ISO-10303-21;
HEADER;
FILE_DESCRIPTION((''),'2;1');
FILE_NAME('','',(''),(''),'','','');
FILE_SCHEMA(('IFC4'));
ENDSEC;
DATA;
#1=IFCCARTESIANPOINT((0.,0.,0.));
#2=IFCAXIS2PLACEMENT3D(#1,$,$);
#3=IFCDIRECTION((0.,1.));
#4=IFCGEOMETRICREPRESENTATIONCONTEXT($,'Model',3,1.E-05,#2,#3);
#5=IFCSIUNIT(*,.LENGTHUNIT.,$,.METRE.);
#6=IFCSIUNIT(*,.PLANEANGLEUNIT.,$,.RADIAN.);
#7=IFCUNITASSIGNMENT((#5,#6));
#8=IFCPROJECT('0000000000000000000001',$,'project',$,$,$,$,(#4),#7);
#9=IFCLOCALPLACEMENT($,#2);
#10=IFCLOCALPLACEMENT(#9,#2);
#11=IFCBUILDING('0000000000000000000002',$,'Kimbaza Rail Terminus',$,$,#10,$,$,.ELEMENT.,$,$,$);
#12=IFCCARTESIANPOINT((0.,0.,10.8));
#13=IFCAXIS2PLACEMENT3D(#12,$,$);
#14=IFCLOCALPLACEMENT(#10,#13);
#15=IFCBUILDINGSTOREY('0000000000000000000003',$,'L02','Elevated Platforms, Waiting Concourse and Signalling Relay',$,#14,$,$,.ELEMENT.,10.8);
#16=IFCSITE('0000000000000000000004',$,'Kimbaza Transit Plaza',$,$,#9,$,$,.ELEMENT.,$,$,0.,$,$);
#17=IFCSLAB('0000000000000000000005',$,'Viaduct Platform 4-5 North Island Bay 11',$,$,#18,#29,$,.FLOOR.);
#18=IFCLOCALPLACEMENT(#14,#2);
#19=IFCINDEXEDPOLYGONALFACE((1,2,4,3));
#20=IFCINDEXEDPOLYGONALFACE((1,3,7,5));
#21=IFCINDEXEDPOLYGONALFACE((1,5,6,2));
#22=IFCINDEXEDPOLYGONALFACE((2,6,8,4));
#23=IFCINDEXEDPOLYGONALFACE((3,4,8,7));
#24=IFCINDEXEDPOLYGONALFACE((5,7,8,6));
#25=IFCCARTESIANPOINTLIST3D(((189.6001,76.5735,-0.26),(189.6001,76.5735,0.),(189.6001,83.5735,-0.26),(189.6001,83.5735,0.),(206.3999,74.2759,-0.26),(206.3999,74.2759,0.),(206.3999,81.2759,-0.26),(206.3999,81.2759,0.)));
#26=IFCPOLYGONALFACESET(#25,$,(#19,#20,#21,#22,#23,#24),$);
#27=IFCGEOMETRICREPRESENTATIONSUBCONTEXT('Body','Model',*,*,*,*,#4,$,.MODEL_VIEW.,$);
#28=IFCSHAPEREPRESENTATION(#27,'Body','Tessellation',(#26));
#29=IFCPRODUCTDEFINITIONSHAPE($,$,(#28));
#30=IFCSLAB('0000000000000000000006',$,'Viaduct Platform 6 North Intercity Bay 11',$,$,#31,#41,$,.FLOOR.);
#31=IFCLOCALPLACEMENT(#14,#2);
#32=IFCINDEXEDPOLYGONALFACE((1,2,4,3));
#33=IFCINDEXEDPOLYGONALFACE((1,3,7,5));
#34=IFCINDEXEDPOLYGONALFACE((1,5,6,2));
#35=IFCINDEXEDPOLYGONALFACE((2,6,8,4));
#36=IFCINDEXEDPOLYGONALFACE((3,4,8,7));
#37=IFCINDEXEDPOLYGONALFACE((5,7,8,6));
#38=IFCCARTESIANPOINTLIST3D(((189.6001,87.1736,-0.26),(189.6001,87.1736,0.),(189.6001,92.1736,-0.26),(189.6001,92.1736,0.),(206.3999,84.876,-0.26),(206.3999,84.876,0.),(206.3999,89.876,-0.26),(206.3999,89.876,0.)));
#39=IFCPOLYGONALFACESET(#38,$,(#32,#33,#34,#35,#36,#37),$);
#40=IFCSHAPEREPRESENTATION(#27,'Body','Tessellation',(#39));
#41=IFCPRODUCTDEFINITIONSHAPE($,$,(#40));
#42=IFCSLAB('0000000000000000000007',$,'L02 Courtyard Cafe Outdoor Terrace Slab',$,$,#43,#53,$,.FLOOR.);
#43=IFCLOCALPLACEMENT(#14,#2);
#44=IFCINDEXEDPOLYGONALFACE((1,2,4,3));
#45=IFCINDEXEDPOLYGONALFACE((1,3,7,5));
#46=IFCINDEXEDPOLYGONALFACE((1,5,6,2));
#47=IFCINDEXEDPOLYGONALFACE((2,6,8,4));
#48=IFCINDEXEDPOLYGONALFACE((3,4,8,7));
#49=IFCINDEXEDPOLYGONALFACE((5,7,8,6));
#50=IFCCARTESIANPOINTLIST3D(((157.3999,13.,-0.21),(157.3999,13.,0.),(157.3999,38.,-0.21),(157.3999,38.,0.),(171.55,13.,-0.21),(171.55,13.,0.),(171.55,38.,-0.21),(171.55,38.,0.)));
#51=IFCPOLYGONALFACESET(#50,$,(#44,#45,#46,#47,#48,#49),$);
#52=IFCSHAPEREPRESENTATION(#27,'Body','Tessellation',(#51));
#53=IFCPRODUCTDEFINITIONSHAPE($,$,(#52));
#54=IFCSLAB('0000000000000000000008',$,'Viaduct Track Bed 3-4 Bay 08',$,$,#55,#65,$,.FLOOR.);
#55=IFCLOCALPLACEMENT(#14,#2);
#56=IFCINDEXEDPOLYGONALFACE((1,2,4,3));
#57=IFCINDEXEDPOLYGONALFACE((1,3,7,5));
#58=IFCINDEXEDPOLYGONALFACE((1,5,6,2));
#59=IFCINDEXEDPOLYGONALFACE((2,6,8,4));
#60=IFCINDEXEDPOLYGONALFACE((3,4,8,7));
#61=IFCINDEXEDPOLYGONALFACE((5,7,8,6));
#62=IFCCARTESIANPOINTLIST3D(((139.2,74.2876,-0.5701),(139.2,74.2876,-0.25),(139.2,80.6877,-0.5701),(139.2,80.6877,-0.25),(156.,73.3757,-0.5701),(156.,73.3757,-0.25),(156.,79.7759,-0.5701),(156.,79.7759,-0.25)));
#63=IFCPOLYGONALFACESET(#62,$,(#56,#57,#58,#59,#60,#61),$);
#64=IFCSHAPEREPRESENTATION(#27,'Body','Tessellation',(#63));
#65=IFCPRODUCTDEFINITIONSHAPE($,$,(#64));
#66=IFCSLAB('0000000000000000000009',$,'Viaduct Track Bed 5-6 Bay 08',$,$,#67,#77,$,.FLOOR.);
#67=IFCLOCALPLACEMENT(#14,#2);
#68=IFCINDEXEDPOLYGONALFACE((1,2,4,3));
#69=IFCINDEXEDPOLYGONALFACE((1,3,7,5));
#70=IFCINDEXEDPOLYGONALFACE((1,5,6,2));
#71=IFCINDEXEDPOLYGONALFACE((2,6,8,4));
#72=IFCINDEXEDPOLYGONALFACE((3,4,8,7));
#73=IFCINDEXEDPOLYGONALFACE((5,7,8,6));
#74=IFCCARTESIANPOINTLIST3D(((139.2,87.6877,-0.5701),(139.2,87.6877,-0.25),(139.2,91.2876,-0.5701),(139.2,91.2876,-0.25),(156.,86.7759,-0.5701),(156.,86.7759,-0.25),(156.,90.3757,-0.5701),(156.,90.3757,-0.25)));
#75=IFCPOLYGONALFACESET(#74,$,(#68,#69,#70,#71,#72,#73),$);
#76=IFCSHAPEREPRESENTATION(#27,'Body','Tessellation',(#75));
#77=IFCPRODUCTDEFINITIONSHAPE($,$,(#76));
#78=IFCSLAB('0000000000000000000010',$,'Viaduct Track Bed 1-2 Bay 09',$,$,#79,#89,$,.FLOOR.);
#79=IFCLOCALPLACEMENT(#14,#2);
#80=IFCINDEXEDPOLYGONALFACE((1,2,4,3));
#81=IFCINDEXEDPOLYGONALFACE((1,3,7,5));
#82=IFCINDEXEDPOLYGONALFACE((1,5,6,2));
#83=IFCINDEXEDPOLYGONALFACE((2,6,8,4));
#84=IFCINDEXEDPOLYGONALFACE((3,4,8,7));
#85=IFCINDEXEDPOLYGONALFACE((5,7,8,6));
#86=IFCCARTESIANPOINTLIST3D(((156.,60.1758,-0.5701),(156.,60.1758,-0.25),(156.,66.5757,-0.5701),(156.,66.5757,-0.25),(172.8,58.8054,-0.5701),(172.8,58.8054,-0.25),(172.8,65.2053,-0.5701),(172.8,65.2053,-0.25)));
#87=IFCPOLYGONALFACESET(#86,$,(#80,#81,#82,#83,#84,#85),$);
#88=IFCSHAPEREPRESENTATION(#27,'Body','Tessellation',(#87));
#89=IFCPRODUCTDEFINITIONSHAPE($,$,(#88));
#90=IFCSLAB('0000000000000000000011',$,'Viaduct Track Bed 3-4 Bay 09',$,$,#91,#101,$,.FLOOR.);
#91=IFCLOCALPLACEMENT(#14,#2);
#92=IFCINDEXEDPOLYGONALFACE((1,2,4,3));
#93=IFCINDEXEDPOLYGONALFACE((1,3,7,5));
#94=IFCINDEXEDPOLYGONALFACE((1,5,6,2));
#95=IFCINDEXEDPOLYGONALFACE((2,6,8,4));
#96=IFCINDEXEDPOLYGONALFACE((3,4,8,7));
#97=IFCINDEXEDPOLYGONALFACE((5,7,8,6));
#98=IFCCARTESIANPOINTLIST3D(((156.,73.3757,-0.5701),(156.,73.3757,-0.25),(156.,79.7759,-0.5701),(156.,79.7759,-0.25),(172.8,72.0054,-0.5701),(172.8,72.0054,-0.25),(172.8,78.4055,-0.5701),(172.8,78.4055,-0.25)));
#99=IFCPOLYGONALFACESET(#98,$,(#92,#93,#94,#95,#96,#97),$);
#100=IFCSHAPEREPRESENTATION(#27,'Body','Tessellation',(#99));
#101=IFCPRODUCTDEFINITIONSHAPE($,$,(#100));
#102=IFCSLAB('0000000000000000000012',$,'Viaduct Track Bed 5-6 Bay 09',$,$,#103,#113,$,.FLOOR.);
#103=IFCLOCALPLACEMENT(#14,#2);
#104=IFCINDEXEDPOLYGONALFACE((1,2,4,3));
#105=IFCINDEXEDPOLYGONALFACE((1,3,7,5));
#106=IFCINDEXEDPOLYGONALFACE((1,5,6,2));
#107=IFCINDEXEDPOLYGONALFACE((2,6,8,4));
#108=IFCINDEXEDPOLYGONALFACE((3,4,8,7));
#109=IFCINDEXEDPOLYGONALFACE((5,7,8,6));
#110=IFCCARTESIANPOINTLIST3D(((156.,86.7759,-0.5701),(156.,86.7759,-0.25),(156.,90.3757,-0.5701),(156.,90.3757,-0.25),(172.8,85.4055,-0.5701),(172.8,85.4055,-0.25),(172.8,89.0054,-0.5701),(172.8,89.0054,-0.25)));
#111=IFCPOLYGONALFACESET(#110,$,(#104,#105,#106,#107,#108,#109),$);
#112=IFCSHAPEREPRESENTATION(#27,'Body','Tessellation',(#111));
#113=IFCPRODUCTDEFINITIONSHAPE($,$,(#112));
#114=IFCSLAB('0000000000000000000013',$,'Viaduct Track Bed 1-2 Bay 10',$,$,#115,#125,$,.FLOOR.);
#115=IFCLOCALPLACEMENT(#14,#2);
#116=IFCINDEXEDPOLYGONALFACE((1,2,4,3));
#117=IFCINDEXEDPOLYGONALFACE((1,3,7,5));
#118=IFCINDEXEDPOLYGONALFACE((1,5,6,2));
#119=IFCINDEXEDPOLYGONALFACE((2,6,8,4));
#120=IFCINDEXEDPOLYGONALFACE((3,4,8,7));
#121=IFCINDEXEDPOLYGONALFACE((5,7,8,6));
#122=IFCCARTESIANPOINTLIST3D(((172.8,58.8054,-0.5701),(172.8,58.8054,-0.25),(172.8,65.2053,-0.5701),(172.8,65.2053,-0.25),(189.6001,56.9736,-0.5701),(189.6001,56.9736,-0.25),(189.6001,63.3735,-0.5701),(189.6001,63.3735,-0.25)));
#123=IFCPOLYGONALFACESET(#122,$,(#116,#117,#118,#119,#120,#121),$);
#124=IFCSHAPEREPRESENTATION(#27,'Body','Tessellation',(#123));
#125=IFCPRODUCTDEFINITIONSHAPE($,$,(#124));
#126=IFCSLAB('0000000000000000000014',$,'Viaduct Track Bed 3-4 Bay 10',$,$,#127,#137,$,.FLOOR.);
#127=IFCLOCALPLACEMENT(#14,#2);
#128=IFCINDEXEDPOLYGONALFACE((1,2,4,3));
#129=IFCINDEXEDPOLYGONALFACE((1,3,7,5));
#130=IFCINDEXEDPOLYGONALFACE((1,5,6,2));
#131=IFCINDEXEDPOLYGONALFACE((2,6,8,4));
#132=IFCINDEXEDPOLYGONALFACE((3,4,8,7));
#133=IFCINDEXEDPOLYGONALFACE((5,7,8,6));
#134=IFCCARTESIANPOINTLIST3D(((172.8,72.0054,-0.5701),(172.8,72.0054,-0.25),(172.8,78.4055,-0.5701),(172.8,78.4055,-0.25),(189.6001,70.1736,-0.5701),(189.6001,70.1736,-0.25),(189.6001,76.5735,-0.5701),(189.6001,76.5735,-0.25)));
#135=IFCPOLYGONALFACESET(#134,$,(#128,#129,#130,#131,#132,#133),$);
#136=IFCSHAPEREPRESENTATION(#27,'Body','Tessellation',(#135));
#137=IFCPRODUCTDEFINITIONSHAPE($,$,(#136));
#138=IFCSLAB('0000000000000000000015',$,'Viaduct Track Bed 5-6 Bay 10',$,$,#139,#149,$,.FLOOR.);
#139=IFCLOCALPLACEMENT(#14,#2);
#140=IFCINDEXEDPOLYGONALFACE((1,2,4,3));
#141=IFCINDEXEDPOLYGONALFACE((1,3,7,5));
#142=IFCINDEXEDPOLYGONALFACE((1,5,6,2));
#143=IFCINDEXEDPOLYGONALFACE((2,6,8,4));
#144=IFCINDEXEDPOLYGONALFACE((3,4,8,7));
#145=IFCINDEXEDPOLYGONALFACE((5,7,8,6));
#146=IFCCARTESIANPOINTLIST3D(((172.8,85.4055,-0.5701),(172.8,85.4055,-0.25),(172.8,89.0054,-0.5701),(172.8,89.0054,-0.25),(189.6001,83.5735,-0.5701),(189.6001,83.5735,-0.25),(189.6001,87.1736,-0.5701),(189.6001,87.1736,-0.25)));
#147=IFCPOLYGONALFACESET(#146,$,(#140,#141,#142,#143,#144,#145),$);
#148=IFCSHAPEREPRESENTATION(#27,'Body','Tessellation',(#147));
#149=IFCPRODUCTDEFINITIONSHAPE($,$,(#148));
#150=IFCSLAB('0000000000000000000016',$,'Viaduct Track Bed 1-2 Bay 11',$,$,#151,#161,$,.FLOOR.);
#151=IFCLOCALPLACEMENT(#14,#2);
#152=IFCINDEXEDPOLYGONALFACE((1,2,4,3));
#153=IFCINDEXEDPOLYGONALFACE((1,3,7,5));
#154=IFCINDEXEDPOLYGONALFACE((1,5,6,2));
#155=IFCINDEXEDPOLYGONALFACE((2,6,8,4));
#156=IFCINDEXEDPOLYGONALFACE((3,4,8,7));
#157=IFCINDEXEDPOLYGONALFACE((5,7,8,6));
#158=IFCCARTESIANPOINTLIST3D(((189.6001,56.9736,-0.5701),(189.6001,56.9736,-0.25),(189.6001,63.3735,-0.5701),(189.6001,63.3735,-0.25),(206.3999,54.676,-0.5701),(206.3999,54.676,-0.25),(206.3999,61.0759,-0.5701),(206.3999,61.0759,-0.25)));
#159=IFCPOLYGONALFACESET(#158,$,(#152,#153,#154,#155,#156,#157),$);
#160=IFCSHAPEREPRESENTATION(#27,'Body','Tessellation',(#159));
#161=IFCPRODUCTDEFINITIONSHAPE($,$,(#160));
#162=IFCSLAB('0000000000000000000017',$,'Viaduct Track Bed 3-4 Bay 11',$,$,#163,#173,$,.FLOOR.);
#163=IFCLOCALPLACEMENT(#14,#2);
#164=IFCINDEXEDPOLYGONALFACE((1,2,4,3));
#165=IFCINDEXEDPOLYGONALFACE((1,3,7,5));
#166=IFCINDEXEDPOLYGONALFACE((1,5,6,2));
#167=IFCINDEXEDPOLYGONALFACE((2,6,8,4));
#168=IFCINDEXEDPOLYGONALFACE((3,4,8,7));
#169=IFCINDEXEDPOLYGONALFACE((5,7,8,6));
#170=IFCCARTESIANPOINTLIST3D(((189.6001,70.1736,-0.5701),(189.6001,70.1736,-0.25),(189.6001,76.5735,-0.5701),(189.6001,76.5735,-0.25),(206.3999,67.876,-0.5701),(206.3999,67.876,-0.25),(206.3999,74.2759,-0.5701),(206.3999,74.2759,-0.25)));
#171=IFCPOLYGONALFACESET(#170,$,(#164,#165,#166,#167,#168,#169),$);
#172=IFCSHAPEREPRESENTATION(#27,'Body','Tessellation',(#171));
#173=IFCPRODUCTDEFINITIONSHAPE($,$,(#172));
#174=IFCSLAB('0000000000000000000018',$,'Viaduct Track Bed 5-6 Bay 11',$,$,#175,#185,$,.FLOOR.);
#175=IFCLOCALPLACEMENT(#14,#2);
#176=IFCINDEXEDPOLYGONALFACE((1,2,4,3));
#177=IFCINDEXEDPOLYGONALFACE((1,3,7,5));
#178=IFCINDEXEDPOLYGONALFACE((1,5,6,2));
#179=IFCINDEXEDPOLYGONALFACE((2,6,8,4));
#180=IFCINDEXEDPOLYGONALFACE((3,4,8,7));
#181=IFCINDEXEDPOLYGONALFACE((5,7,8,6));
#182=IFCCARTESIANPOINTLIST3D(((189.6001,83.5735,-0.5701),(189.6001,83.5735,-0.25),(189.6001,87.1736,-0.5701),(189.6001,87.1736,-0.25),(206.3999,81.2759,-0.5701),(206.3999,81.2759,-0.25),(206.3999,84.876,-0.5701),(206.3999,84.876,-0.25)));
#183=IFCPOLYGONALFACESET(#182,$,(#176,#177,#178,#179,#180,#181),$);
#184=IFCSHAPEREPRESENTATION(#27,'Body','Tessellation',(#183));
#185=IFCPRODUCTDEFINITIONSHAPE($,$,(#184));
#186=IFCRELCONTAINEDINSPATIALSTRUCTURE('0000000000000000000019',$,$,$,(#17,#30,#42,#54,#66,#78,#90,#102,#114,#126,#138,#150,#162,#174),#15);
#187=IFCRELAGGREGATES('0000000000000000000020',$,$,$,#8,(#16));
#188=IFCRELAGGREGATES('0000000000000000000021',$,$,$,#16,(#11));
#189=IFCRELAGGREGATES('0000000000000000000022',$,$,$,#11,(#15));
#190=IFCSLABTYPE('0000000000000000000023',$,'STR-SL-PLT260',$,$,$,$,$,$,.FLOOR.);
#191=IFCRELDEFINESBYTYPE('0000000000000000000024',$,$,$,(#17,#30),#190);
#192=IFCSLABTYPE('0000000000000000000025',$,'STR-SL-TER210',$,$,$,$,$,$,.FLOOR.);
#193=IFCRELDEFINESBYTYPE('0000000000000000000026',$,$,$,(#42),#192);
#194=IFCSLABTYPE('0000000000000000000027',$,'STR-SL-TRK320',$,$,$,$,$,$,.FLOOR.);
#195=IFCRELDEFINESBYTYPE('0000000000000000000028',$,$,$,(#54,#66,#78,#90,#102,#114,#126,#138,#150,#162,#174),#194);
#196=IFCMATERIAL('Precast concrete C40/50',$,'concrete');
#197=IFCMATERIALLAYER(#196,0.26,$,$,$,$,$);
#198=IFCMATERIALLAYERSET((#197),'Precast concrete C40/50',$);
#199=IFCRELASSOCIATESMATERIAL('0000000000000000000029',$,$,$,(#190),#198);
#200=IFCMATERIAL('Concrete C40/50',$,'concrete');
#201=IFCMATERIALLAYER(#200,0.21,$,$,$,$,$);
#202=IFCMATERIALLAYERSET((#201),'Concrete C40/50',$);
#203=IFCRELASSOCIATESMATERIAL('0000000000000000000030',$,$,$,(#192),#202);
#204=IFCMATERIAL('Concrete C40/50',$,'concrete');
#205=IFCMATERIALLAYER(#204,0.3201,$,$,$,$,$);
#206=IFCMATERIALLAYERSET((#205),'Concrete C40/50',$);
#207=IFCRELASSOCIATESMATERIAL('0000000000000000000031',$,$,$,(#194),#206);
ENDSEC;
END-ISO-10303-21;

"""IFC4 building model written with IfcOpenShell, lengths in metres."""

from ifc_helpers import new_model, si_unit, direction, frame, origin, place, context, subcontext, project, spatial, polyline, outline, extrude, material, layer, layer_set, type_object, element, save


model = new_model("IFC4")

# Units and contexts
model_context = context("Model", 3, precision=1e-05, world=origin(), true_north=direction((0.0, 1.0)))
body_context = subcontext(model_context, "Body", "Model", "MODEL_VIEW")
ifc_project = project(units=[si_unit("LENGTHUNIT", "METRE"), si_unit("PLANEANGLEUNIT", "RADIAN")], contexts=[model_context])

# Site, building, storey
site_placement = place(None, origin())
site = spatial("IfcSite", under=ifc_project, at=site_placement, Name="Kimbaza Transit Plaza", CompositionType="ELEMENT", RefElevation=0.0)
building_placement = place(site_placement, origin())
building = spatial("IfcBuilding", under=site, at=building_placement, Name="Kimbaza Rail Terminus", CompositionType="ELEMENT")
storey_placement = place(building_placement, frame((0.0, 0.0, 10.8)))
storey = spatial("IfcBuildingStorey", under=building, at=storey_placement, Name="L02", Description="Elevated Platforms, Waiting Concourse and Signalling Relay", CompositionType="ELEMENT", Elevation=10.8)

# Slabs
ifc_material_1 = material(Name="Precast concrete C40/50", Category="concrete")
ifc_layer_1 = layer(ifc_material_1, 0.26)
ifc_layer_set_1 = layer_set([ifc_layer_1], Name="Precast concrete C40/50")
slab_type_1 = type_object("IfcSlabType", Name="STR-SL-PLT260", PredefinedType="FLOOR", material=ifc_layer_set_1)
slab_1_placement = place(storey_placement, frame((0.0, 0.0, -0.26)))
element("IfcSlab", 1, at=slab_1_placement, inside=storey, type_object=slab_type_1, Name="Viaduct Platform 4-5 North Island Bay 11", PredefinedType="FLOOR", context=body_context, shape_type="SweptSolid", body=[
    extrude(outline(polyline([(189.6001, 76.5735), (206.3999, 74.2759), (206.3999, 81.2759), (189.6001, 83.5735), (189.6001, 76.5735)])), origin(), (0.0, 0.0, 1.0), 0.26),
])
slab_2_placement = place(storey_placement, frame((0.0, 0.0, -0.26)))
element("IfcSlab", 2, at=slab_2_placement, inside=storey, type_object=slab_type_1, Name="Viaduct Platform 6 North Intercity Bay 11", PredefinedType="FLOOR", context=body_context, shape_type="SweptSolid", body=[
    extrude(outline(polyline([(189.6001, 87.1736), (206.3999, 84.876), (206.3999, 89.876), (189.6001, 92.1736), (189.6001, 87.1736)])), origin(), (0.0, 0.0, 1.0), 0.26),
])
ifc_material_2 = material(Name="Concrete C40/50", Category="concrete")
ifc_layer_2 = layer(ifc_material_2, 0.21)
ifc_layer_set_2 = layer_set([ifc_layer_2], Name="Concrete C40/50")
slab_type_2 = type_object("IfcSlabType", Name="STR-SL-TER210", PredefinedType="FLOOR", material=ifc_layer_set_2)
slab_3_placement = place(storey_placement, frame((0.0, 0.0, -0.21)))
element("IfcSlab", 3, at=slab_3_placement, inside=storey, type_object=slab_type_2, Name="L02 Courtyard Cafe Outdoor Terrace Slab", PredefinedType="FLOOR", context=body_context, shape_type="SweptSolid", body=[
    extrude(outline(polyline([(157.3999, 13.0), (171.55, 13.0), (171.55, 38.0), (157.3999, 38.0), (157.3999, 13.0)])), origin(), (0.0, 0.0, 1.0), 0.21),
])
ifc_material_3 = material(Name="Concrete C40/50", Category="concrete")
ifc_layer_3 = layer(ifc_material_3, 0.3201)
ifc_layer_set_3 = layer_set([ifc_layer_3], Name="Concrete C40/50")
slab_type_3 = type_object("IfcSlabType", Name="STR-SL-TRK320", PredefinedType="FLOOR", material=ifc_layer_set_3)
slab_4_placement = place(storey_placement, frame((0.0, 0.0, -0.5701)))
element("IfcSlab", 4, at=slab_4_placement, inside=storey, type_object=slab_type_3, Name="Viaduct Track Bed 3-4 Bay 08", PredefinedType="FLOOR", context=body_context, shape_type="SweptSolid", body=[
    extrude(outline(polyline([(139.2, 74.2876), (156.0, 73.3757), (156.0, 79.7759), (139.2, 80.6877), (139.2, 74.2876)])), origin(), (0.0, 0.0, 1.0), 0.3201),
])
slab_5_placement = place(storey_placement, frame((0.0, 0.0, -0.5701)))
element("IfcSlab", 5, at=slab_5_placement, inside=storey, type_object=slab_type_3, Name="Viaduct Track Bed 5-6 Bay 08", PredefinedType="FLOOR", context=body_context, shape_type="SweptSolid", body=[
    extrude(outline(polyline([(139.2, 87.6877), (156.0, 86.7759), (156.0, 90.3757), (139.2, 91.2876), (139.2, 87.6877)])), origin(), (0.0, 0.0, 1.0), 0.3201),
])
slab_6_placement = place(storey_placement, frame((0.0, 0.0, -0.5701)))
element("IfcSlab", 6, at=slab_6_placement, inside=storey, type_object=slab_type_3, Name="Viaduct Track Bed 1-2 Bay 09", PredefinedType="FLOOR", context=body_context, shape_type="SweptSolid", body=[
    extrude(outline(polyline([(156.0, 60.1758), (172.8, 58.8054), (172.8, 65.2053), (156.0, 66.5757), (156.0, 60.1758)])), origin(), (0.0, 0.0, 1.0), 0.3201),
])
slab_7_placement = place(storey_placement, frame((0.0, 0.0, -0.5701)))
element("IfcSlab", 7, at=slab_7_placement, inside=storey, type_object=slab_type_3, Name="Viaduct Track Bed 3-4 Bay 09", PredefinedType="FLOOR", context=body_context, shape_type="SweptSolid", body=[
    extrude(outline(polyline([(156.0, 73.3757), (172.8, 72.0054), (172.8, 78.4055), (156.0, 79.7759), (156.0, 73.3757)])), origin(), (0.0, 0.0, 1.0), 0.3201),
])
slab_8_placement = place(storey_placement, frame((0.0, 0.0, -0.5701)))
element("IfcSlab", 8, at=slab_8_placement, inside=storey, type_object=slab_type_3, Name="Viaduct Track Bed 5-6 Bay 09", PredefinedType="FLOOR", context=body_context, shape_type="SweptSolid", body=[
    extrude(outline(polyline([(156.0, 86.7759), (172.8, 85.4055), (172.8, 89.0054), (156.0, 90.3757), (156.0, 86.7759)])), origin(), (0.0, 0.0, 1.0), 0.3201),
])
slab_9_placement = place(storey_placement, frame((0.0, 0.0, -0.5701)))
element("IfcSlab", 9, at=slab_9_placement, inside=storey, type_object=slab_type_3, Name="Viaduct Track Bed 1-2 Bay 10", PredefinedType="FLOOR", context=body_context, shape_type="SweptSolid", body=[
    extrude(outline(polyline([(172.8, 58.8054), (189.6001, 56.9736), (189.6001, 63.3735), (172.8, 65.2053), (172.8, 58.8054)])), origin(), (0.0, 0.0, 1.0), 0.3201),
])
slab_10_placement = place(storey_placement, frame((0.0, 0.0, -0.5701)))
element("IfcSlab", 10, at=slab_10_placement, inside=storey, type_object=slab_type_3, Name="Viaduct Track Bed 3-4 Bay 10", PredefinedType="FLOOR", context=body_context, shape_type="SweptSolid", body=[
    extrude(outline(polyline([(172.8, 72.0054), (189.6001, 70.1736), (189.6001, 76.5735), (172.8, 78.4055), (172.8, 72.0054)])), origin(), (0.0, 0.0, 1.0), 0.3201),
])
slab_11_placement = place(storey_placement, frame((0.0, 0.0, -0.5701)))
element("IfcSlab", 11, at=slab_11_placement, inside=storey, type_object=slab_type_3, Name="Viaduct Track Bed 5-6 Bay 10", PredefinedType="FLOOR", context=body_context, shape_type="SweptSolid", body=[
    extrude(outline(polyline([(172.8, 85.4055), (189.6001, 83.5735), (189.6001, 87.1736), (172.8, 89.0054), (172.8, 85.4055)])), origin(), (0.0, 0.0, 1.0), 0.3201),
])
slab_12_placement = place(storey_placement, frame((0.0, 0.0, -0.5701)))
element("IfcSlab", 12, at=slab_12_placement, inside=storey, type_object=slab_type_3, Name="Viaduct Track Bed 1-2 Bay 11", PredefinedType="FLOOR", context=body_context, shape_type="SweptSolid", body=[
    extrude(outline(polyline([(189.6001, 56.9736), (206.3999, 54.676), (206.3999, 61.0759), (189.6001, 63.3735), (189.6001, 56.9736)])), origin(), (0.0, 0.0, 1.0), 0.3201),
])
slab_13_placement = place(storey_placement, frame((0.0, 0.0, -0.5701)))
element("IfcSlab", 13, at=slab_13_placement, inside=storey, type_object=slab_type_3, Name="Viaduct Track Bed 3-4 Bay 11", PredefinedType="FLOOR", context=body_context, shape_type="SweptSolid", body=[
    extrude(outline(polyline([(189.6001, 70.1736), (206.3999, 67.876), (206.3999, 74.2759), (189.6001, 76.5735), (189.6001, 70.1736)])), origin(), (0.0, 0.0, 1.0), 0.3201),
])
slab_14_placement = place(storey_placement, frame((0.0, 0.0, -0.5701)))
element("IfcSlab", 14, at=slab_14_placement, inside=storey, type_object=slab_type_3, Name="Viaduct Track Bed 5-6 Bay 11", PredefinedType="FLOOR", context=body_context, shape_type="SweptSolid", body=[
    extrude(outline(polyline([(189.6001, 83.5735), (206.3999, 81.2759), (206.3999, 84.876), (189.6001, 87.1736), (189.6001, 83.5735)])), origin(), (0.0, 0.0, 1.0), 0.3201),
])

save(model, "model.ifc")
